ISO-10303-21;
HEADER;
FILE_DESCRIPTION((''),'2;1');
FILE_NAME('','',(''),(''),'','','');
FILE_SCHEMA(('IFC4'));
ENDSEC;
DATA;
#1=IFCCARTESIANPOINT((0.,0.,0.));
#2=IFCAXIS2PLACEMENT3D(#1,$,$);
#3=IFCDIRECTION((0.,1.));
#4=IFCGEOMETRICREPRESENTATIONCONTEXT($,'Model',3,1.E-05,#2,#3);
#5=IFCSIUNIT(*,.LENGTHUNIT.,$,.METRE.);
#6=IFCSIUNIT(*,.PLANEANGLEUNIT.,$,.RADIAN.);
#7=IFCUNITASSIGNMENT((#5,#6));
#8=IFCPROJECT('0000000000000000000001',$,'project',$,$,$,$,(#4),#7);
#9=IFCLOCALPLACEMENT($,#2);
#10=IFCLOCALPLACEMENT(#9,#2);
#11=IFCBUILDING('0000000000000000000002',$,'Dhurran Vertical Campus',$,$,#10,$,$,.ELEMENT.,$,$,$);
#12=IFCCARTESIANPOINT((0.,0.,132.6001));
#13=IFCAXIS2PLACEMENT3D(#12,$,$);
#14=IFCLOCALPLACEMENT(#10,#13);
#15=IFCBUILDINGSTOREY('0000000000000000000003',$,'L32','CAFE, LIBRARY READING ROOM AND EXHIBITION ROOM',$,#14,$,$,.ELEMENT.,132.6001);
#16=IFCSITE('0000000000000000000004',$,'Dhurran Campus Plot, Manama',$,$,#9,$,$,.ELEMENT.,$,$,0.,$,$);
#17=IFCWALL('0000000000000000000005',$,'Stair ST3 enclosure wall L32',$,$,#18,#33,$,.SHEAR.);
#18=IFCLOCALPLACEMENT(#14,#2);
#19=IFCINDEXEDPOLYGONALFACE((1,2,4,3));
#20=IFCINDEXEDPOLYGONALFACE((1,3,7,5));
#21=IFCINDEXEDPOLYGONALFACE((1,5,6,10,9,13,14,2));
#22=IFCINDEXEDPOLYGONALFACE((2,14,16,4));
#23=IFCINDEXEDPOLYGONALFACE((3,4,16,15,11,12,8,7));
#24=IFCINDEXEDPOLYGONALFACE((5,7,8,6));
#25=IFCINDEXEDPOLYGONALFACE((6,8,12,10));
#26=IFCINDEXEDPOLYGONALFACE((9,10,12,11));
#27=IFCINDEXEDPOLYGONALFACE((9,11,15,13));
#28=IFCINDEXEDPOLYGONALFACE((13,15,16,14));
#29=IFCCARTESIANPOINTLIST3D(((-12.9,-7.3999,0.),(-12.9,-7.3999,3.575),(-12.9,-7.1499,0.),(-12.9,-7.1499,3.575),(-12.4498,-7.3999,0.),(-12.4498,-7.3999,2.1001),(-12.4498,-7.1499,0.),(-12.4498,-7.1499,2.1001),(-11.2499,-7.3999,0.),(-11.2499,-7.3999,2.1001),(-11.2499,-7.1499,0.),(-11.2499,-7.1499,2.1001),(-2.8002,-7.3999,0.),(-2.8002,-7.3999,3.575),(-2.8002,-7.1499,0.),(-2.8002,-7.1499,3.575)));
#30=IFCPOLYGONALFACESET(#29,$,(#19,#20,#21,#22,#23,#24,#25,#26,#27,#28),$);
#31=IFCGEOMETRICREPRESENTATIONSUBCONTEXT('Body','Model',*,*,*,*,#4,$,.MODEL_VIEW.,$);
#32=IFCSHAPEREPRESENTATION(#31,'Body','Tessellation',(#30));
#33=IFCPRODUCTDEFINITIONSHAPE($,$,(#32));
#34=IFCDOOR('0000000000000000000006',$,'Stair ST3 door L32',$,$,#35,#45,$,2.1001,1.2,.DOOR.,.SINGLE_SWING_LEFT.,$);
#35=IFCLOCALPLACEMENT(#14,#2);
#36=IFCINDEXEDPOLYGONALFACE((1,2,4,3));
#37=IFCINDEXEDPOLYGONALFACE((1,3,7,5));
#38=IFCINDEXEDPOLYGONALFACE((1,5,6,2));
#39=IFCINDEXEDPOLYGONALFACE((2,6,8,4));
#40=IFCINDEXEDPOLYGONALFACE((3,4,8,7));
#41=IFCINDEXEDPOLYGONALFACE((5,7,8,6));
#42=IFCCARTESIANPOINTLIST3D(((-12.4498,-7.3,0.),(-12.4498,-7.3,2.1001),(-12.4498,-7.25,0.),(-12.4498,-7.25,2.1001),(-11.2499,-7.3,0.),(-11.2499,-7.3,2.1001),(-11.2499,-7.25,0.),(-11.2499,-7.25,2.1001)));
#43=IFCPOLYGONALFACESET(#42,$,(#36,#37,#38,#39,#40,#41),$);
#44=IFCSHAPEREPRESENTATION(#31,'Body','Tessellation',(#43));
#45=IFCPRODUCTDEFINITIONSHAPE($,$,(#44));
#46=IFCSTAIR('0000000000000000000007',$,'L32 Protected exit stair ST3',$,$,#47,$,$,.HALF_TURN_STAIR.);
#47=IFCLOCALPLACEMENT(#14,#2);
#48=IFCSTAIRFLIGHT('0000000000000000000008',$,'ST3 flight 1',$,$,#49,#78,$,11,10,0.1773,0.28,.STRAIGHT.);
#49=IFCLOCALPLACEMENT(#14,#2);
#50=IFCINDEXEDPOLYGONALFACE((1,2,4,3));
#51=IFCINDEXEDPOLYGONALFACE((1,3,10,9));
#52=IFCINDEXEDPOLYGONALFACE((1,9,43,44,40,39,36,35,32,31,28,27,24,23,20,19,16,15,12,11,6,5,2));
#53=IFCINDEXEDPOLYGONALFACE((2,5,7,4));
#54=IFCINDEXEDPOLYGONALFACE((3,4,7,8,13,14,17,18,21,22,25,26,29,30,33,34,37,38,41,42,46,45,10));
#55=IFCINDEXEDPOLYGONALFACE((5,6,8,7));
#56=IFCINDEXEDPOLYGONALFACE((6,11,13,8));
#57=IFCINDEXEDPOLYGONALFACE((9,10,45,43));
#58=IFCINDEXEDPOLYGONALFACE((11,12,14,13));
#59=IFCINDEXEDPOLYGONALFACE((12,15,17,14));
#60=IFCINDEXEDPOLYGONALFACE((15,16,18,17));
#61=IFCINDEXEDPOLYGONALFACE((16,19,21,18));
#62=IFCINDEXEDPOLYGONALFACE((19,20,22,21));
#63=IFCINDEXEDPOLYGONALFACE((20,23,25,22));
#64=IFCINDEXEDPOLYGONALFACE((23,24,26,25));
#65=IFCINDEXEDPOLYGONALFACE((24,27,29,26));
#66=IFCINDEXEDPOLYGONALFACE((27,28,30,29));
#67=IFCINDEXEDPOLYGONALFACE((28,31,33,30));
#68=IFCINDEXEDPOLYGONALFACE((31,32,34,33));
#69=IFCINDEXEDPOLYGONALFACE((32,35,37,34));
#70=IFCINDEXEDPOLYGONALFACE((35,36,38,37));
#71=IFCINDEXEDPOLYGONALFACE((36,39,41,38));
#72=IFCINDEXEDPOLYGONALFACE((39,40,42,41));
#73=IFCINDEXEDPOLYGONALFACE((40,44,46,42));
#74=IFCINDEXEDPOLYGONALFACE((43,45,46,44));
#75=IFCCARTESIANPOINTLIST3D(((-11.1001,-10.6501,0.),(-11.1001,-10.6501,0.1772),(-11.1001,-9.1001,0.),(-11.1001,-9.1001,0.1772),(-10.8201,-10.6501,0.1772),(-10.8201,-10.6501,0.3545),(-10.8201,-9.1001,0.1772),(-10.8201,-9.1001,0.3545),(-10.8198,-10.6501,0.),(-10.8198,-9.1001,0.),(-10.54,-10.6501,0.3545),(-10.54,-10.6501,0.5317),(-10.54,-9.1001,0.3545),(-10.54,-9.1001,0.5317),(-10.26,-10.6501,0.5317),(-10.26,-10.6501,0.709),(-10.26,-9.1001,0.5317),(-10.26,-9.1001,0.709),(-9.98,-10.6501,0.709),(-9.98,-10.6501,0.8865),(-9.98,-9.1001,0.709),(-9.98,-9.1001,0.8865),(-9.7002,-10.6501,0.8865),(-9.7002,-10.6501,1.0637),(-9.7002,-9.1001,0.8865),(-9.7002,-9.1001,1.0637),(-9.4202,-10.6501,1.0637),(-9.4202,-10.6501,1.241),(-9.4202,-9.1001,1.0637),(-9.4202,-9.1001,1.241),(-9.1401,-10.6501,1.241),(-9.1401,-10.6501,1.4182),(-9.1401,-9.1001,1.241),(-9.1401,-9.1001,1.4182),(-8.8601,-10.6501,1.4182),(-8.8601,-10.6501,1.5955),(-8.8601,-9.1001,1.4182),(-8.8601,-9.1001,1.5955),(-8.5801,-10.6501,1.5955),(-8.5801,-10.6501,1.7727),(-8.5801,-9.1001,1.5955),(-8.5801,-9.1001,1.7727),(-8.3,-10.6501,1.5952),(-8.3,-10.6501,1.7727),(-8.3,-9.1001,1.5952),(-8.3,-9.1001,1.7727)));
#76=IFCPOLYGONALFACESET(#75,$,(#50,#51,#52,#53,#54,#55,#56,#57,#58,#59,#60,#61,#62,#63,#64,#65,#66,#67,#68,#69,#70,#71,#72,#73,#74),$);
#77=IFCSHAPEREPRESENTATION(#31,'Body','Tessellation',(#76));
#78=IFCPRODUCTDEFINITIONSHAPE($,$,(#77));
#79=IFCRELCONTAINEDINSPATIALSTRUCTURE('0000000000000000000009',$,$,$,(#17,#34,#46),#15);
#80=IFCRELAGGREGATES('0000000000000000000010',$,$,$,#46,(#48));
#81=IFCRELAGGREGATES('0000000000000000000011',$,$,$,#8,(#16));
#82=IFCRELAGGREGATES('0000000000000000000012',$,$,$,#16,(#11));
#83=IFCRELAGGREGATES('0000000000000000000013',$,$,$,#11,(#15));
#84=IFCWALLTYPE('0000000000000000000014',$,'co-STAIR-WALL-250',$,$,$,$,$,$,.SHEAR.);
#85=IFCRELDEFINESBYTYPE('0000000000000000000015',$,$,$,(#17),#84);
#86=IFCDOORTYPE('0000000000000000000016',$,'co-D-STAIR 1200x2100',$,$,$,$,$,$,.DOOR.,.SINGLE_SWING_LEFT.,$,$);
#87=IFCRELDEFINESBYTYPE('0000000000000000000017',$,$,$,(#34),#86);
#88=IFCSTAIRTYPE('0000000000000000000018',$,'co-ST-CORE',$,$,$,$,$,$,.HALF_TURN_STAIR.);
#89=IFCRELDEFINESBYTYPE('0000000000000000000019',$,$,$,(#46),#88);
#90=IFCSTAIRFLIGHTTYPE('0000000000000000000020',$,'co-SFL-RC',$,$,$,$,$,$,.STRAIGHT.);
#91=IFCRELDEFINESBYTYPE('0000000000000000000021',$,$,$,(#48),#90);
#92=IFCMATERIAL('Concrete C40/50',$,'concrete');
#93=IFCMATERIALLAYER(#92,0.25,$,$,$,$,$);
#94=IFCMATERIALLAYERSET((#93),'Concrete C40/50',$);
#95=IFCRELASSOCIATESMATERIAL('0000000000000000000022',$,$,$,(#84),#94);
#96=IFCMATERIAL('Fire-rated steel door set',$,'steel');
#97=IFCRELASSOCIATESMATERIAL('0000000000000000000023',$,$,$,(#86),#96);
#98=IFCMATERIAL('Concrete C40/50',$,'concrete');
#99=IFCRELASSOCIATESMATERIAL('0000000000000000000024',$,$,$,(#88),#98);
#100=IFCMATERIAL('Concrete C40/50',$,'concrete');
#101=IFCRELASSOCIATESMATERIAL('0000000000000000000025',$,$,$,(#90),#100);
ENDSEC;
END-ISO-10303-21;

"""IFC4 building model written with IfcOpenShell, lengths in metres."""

from ifc_helpers import new_model, si_unit, direction, frame, frame_2d, origin, place, context, subcontext, project, spatial, polyline, rectangle, outline, extrude, material, layer, layer_set, type_object, element, fill, aggregate, save


model = new_model("IFC4")

# Units and contexts
model_context = context("Model", 3, precision=1e-05, world=origin(), true_north=direction((0.0, 1.0)))
body_context = subcontext(model_context, "Body", "Model", "MODEL_VIEW")
ifc_project = project(units=[si_unit("LENGTHUNIT", "METRE"), si_unit("PLANEANGLEUNIT", "RADIAN")], contexts=[model_context])

# Site, building, storey
site_placement = place(None, origin())
site = spatial("IfcSite", under=ifc_project, at=site_placement, Name="Dhurran Campus Plot, Manama", CompositionType="ELEMENT", RefElevation=0.0)
building_placement = place(site_placement, origin())
building = spatial("IfcBuilding", under=site, at=building_placement, Name="Dhurran Vertical Campus", CompositionType="ELEMENT")
storey_placement = place(building_placement, frame((0.0, 0.0, 132.6001)))
storey = spatial("IfcBuildingStorey", under=building, at=storey_placement, Name="L32", Description="CAFE, LIBRARY READING ROOM AND EXHIBITION ROOM", CompositionType="ELEMENT", Elevation=132.6001)

# Wall, opening, door
ifc_material_1 = material(Name="Concrete C40/50", Category="concrete")
ifc_layer_1 = layer(ifc_material_1, 0.25)
ifc_layer_set_1 = layer_set([ifc_layer_1], Name="Concrete C40/50")
wall_type_1 = type_object("IfcWallType", Name="co-STAIR-WALL-250", PredefinedType="SHEAR", material=ifc_layer_set_1)
wall_1_placement = place(storey_placement, frame((-12.8999, -7.2749, 0.0), z_axis=(0.0, 0.0, 1.0), x_axis=(1.0, 0.0, 0.0)))
wall_1 = element("IfcWall", 1, at=wall_1_placement, inside=storey, type_object=wall_type_1, Name="Stair ST3 enclosure wall L32", PredefinedType="SHEAR", context=body_context, shape_type="SweptSolid", body=[
    extrude(rectangle(XDim=10.0999, YDim=0.25, at=frame_2d((5.0498, 0.0))), origin(), (0.0, 0.0, 1.0), 3.575),
])
opening_1_placement = place(wall_1_placement, frame((0.45, 0.0, 0.0)))
opening_1 = element("IfcOpeningElement", 2, at=opening_1_placement, cuts=wall_1, PredefinedType="OPENING", context=body_context, shape_type="SweptSolid", body=[
    extrude(rectangle(XDim=1.2, YDim=2.1001, at=frame_2d((0.6001, 1.05))), frame((0.0, 0.135, 0.0), z_axis=(0.0, -1.0, 0.0), x_axis=(1.0, 0.0, 0.0)), (0.0, 0.0, 1.0), 0.27),
])
ifc_material_2 = material(Name="Fire-rated steel door set", Category="steel")
door_type_1 = type_object("IfcDoorType", Name="co-D-STAIR 1200x2100", OperationType="SINGLE_SWING_LEFT", PredefinedType="DOOR", material=ifc_material_2)
door_1_placement = place(opening_1_placement, origin())
door_1 = element("IfcDoor", 3, at=door_1_placement, inside=storey, type_object=door_type_1, Name="Stair ST3 door L32", OperationType="SINGLE_SWING_LEFT", OverallHeight=2.1001, OverallWidth=1.2, PredefinedType="DOOR", context=body_context, shape_type="SweptSolid", body=[
    extrude(rectangle(XDim=1.2, YDim=2.1001, at=frame_2d((0.6001, 1.05))), frame((0.0, 0.0249, 0.0), z_axis=(0.0, -1.0, 0.0), x_axis=(1.0, 0.0, 0.0)), (0.0, 0.0, 1.0), 0.05),
])
fill(opening_1, door_1)

# Stair, stair flight
ifc_material_3 = material(Name="Concrete C40/50", Category="concrete")
stair_type = type_object("IfcStairType", Name="co-ST-CORE", PredefinedType="HALF_TURN_STAIR", material=ifc_material_3)
stair_placement = place(storey_placement, origin())
stair = element("IfcStair", 4, at=stair_placement, inside=storey, type_object=stair_type, Name="L32 Protected exit stair ST3", PredefinedType="HALF_TURN_STAIR")
ifc_material_4 = material(Name="Concrete C40/50", Category="concrete")
stair_flight_type = type_object("IfcStairFlightType", Name="co-SFL-RC", PredefinedType="STRAIGHT", material=ifc_material_4)
stair_flight_placement = place(storey_placement, frame((-11.1001, -9.875, 0.0), z_axis=(0.0, 0.0, 1.0), x_axis=(1.0, 0.0, 0.0)))
stair_flight = element("IfcStairFlight", 5, at=stair_flight_placement, type_object=stair_flight_type, Name="ST3 flight 1", NumberOfRisers=11, NumberOfTreads=10, PredefinedType="STRAIGHT", RiserHeight=0.1773, TreadLength=0.28, context=body_context, shape_type="SweptSolid", body=[
    extrude(outline(polyline([(0.0, 0.0), (0.0, 0.1772), (0.28, 0.1772), (0.28, 0.3545), (0.5601, 0.3545), (0.5601, 0.5317), (0.8401, 0.5317), (0.8401, 0.709), (1.1201, 0.709), (1.1201, 0.8865), (1.3999, 0.8865), (1.3999, 1.0637), (1.6799, 1.0637), (1.6799, 1.241), (1.96, 1.241), (1.96, 1.4182), (2.24, 1.4182), (2.24, 1.5955), (2.52, 1.5955), (2.52, 1.7727), (2.8, 1.7727), (2.8, 1.95), (2.8, 1.5952), (0.2803, 0.0), (0.0, 0.0)])), frame((0.0, 0.7749, 0.0), z_axis=(0.0, -1.0, 0.0), x_axis=(1.0, 0.0, 0.0)), (0.0, 0.0, 1.0), 1.55),
])
aggregate(stair, [stair_flight])

save(model, "model.ifc")
